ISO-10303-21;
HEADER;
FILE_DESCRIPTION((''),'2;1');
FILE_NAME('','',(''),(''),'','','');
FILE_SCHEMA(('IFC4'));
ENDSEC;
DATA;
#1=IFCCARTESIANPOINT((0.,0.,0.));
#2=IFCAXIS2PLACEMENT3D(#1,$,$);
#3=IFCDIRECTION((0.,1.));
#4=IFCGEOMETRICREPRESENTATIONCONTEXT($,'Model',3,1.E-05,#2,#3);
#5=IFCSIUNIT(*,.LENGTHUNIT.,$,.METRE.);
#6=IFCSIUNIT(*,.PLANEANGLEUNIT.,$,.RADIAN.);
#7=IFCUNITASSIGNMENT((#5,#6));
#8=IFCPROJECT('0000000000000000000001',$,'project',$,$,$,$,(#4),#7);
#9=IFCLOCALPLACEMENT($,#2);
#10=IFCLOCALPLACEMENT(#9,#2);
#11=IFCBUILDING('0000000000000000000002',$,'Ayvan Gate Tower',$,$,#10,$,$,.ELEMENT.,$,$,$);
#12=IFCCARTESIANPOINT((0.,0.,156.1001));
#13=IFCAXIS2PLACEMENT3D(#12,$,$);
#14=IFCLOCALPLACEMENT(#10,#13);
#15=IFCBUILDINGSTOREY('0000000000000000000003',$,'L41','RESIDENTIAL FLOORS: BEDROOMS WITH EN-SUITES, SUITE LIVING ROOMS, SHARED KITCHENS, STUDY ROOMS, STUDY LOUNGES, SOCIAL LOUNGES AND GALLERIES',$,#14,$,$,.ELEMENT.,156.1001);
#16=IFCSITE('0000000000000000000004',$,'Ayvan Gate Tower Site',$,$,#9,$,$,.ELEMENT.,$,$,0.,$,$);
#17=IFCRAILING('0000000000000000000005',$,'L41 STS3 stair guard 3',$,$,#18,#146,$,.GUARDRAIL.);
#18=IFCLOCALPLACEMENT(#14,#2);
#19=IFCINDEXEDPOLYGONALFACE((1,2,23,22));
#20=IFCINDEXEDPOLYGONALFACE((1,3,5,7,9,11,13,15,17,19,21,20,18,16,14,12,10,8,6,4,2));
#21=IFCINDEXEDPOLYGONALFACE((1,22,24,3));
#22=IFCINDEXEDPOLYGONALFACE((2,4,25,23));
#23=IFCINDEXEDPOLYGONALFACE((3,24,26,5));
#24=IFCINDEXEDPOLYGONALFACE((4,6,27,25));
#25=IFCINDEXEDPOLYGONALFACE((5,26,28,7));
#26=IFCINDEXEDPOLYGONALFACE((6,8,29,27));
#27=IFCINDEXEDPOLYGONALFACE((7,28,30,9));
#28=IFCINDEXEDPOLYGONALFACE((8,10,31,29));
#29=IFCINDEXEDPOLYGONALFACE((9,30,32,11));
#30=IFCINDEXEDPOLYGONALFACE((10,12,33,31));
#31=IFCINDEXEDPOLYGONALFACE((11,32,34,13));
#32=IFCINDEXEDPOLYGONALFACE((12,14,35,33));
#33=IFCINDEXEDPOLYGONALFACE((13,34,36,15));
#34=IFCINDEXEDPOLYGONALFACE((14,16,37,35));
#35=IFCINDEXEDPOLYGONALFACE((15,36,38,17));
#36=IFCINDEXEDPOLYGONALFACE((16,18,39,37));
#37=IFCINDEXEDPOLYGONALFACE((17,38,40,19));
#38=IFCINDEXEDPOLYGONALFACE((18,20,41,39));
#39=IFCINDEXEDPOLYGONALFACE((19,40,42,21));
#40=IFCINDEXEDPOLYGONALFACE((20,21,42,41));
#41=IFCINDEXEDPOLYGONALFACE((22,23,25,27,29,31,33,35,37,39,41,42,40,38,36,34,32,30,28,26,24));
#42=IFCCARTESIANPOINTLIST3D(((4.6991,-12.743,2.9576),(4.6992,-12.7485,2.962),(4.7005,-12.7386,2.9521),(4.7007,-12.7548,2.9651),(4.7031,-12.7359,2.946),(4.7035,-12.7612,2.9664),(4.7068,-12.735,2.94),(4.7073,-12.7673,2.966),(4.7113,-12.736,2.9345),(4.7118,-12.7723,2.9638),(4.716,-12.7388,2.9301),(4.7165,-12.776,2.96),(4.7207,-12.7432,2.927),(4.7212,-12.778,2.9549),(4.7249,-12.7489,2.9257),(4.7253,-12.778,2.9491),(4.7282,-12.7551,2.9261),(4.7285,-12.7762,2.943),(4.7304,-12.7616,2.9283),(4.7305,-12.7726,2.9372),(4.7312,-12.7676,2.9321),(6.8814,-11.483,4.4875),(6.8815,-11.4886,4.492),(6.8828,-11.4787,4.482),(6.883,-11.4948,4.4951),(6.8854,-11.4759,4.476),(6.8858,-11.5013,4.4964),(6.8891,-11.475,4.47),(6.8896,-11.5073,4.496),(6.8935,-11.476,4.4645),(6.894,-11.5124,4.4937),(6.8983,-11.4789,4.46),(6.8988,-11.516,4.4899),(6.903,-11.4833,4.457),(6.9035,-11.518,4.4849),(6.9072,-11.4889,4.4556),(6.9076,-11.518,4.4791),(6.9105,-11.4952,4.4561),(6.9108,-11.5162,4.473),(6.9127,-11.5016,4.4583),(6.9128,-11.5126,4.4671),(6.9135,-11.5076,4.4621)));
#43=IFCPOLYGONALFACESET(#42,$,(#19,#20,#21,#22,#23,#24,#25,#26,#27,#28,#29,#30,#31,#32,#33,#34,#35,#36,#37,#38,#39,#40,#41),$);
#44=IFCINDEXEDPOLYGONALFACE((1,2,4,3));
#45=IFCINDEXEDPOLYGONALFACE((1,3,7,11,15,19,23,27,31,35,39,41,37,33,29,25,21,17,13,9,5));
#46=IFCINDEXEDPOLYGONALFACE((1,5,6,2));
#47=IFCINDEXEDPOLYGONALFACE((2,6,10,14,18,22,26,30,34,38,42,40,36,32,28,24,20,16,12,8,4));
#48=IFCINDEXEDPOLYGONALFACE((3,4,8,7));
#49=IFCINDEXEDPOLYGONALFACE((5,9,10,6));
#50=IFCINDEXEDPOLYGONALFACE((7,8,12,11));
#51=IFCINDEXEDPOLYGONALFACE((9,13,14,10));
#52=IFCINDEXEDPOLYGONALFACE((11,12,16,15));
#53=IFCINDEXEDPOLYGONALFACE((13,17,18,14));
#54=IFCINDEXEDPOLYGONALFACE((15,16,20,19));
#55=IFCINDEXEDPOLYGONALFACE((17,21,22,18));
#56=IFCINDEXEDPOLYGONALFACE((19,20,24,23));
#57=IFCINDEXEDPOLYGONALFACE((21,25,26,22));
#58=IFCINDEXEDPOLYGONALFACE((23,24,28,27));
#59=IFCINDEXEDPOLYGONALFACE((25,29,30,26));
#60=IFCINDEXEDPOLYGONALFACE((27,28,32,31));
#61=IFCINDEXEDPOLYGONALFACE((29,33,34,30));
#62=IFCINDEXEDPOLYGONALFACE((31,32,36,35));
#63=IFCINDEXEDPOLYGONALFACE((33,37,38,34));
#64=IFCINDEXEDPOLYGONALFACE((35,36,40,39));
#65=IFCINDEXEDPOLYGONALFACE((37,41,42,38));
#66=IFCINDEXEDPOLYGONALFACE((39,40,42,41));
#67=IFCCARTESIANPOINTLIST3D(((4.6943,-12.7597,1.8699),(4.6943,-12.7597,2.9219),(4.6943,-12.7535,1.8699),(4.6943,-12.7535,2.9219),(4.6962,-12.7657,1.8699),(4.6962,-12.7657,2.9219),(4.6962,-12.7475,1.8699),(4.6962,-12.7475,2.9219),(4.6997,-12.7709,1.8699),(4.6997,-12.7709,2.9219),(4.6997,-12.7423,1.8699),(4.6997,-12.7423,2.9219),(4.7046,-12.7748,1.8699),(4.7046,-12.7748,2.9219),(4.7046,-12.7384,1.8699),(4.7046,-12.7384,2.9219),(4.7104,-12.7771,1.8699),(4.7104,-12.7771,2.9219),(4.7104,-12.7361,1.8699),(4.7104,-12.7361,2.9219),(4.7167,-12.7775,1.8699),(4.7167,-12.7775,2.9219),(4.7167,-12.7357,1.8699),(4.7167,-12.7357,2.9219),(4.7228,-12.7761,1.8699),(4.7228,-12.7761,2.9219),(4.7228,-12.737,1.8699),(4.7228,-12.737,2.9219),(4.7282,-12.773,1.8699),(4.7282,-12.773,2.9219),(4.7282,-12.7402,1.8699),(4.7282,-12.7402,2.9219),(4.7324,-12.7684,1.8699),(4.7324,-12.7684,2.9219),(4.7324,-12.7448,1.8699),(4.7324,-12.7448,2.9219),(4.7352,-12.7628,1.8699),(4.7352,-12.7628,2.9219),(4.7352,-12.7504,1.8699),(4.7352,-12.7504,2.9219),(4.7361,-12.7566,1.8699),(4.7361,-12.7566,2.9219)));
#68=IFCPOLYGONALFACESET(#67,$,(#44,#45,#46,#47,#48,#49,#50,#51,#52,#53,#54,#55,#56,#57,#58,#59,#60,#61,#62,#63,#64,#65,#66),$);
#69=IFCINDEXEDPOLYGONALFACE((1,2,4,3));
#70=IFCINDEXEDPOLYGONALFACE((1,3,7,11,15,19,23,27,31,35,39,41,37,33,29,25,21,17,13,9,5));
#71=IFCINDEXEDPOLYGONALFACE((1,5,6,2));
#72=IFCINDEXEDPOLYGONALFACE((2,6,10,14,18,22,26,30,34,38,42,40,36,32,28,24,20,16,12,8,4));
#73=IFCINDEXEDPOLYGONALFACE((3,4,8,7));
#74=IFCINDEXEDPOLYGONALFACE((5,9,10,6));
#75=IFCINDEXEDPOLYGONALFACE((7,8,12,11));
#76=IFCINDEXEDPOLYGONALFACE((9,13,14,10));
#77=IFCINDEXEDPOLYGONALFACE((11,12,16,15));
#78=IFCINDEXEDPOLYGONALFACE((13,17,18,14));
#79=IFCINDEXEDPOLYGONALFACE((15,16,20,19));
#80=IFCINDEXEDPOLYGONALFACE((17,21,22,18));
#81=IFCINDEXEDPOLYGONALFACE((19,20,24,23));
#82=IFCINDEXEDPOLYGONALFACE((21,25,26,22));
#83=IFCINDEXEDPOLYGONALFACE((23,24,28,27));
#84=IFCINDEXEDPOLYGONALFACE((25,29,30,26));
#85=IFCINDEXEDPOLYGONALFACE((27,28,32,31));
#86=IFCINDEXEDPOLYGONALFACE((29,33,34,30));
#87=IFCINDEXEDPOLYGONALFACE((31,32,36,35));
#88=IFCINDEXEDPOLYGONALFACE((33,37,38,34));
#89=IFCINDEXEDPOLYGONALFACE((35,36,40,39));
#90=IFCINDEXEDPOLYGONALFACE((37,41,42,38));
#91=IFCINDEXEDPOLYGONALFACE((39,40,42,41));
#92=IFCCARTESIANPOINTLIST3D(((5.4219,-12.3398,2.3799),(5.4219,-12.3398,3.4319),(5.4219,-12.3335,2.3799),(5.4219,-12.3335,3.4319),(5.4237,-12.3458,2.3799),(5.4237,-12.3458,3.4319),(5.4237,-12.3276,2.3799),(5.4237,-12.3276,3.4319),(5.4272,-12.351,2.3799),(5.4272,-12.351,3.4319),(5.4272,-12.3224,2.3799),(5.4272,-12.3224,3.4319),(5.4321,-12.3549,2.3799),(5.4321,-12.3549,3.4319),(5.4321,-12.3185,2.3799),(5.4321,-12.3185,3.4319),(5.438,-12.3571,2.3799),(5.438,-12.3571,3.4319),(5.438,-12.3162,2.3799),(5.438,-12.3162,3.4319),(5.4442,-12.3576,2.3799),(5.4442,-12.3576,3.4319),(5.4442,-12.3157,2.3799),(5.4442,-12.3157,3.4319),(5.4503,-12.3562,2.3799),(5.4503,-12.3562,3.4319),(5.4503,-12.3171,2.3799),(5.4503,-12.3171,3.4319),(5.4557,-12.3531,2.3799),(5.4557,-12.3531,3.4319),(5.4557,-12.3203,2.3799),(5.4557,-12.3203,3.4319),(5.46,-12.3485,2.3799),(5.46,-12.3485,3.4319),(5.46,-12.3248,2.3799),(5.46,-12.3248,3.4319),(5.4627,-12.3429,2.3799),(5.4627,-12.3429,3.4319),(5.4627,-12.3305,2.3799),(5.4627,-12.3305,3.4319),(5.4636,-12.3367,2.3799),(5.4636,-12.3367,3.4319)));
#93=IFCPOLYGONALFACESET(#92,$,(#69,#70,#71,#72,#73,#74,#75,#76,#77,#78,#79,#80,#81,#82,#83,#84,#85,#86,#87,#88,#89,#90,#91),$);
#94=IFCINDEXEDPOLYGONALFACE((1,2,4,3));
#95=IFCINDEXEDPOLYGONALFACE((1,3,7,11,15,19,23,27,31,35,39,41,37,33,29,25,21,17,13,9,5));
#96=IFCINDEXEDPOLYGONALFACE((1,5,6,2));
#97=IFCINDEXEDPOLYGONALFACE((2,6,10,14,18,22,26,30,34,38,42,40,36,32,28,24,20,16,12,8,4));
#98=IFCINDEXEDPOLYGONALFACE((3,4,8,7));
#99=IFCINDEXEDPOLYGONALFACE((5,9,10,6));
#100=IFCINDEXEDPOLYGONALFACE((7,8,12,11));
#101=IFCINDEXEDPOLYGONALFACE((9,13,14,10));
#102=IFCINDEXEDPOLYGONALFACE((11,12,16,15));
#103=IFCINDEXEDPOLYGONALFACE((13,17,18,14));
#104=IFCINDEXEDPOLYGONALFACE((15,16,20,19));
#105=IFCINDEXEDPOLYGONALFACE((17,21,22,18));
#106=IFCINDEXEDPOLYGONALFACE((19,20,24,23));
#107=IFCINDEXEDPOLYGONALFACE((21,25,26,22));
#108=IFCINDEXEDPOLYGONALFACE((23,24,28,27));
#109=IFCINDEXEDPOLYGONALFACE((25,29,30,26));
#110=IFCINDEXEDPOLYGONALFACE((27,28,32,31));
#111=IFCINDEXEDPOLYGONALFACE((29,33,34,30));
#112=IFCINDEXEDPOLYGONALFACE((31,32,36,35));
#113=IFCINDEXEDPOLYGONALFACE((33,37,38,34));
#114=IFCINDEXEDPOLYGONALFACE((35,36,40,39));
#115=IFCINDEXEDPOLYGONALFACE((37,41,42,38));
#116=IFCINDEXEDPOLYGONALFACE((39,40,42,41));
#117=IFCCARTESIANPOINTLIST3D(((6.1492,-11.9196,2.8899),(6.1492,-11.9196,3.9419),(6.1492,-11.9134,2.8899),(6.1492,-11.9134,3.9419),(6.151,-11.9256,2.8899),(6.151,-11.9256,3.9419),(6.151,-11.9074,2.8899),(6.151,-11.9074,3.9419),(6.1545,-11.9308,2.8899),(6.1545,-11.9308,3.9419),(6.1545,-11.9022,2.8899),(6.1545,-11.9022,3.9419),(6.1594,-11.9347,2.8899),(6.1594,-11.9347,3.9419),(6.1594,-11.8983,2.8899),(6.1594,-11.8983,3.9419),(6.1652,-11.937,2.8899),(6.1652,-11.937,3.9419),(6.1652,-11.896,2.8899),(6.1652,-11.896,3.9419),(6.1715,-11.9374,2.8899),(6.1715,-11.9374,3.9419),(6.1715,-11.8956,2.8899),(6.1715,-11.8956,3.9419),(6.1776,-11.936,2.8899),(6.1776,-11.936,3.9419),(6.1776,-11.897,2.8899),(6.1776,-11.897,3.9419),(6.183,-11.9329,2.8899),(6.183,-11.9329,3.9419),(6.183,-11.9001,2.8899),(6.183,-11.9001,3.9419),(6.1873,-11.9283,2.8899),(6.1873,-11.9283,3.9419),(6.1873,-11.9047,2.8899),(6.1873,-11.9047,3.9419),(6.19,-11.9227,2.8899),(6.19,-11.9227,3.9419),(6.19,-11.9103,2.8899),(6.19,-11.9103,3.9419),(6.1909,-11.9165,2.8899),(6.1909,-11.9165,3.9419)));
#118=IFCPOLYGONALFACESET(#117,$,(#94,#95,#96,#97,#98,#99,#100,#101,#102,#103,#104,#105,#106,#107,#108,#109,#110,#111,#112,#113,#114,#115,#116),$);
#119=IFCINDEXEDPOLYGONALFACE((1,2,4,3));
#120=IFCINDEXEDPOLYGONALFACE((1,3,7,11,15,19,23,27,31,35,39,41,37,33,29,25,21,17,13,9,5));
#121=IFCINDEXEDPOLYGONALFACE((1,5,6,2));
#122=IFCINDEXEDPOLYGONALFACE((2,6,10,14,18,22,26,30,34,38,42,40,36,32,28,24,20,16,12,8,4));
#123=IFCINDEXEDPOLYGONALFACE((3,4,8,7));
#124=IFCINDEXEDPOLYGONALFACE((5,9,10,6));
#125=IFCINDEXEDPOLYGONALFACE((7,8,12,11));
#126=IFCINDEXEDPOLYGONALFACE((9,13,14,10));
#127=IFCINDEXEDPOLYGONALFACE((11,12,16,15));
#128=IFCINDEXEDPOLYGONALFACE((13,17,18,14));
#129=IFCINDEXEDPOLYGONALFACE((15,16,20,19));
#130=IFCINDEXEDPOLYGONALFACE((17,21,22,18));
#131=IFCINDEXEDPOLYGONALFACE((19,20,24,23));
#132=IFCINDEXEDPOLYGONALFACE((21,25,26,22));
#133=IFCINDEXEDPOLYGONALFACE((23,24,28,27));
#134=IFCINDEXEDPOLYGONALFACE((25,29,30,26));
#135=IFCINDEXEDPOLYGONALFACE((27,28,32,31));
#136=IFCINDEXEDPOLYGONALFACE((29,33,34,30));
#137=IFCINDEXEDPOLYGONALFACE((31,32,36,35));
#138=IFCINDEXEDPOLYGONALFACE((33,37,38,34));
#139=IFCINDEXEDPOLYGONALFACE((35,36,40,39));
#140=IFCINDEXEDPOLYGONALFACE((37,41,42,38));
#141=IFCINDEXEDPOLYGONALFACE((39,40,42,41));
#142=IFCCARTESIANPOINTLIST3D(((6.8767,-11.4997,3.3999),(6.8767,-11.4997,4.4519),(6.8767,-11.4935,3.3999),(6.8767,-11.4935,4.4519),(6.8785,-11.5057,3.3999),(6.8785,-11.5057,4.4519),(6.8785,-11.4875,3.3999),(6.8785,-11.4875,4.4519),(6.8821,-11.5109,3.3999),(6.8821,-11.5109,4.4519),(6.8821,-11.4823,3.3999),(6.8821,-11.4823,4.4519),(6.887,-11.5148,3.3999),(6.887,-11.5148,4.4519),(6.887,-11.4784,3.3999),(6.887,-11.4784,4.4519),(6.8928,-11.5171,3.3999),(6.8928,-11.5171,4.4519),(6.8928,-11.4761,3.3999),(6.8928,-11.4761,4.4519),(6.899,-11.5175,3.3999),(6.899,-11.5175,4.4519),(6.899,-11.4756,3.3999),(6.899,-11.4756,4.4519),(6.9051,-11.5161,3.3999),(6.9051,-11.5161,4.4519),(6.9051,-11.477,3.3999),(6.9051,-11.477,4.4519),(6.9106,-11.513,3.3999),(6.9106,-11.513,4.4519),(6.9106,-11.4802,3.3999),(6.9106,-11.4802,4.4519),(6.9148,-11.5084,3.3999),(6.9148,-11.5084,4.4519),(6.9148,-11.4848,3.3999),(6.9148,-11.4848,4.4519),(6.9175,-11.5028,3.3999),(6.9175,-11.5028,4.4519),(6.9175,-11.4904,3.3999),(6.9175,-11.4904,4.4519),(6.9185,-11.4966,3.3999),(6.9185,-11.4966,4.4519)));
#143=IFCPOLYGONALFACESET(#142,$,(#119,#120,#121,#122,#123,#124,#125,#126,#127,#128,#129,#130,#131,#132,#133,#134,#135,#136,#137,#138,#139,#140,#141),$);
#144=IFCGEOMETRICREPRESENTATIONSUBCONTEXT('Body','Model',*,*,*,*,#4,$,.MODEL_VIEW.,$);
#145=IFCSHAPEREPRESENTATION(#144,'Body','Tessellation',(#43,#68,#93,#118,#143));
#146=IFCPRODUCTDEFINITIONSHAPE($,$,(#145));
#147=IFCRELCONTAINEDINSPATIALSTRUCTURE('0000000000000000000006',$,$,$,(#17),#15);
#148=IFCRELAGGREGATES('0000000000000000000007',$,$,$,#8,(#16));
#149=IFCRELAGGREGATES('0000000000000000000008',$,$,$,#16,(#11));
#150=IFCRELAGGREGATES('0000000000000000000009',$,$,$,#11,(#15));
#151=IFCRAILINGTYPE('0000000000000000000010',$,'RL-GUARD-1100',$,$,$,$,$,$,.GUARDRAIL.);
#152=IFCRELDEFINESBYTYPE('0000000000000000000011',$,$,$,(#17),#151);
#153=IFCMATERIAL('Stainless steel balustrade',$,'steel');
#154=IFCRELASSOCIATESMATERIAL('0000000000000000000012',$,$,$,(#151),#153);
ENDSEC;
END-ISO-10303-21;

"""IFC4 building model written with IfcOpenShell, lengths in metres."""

from ifc_helpers import new_model, si_unit, direction, frame, origin, origin_2d, place, context, subcontext, project, spatial, circle, extrude, material, type_object, element, save


model = new_model("IFC4")

# Units and contexts
model_context = context("Model", 3, precision=1e-05, world=origin(), true_north=direction((0.0, 1.0)))
body_context = subcontext(model_context, "Body", "Model", "MODEL_VIEW")
ifc_project = project(units=[si_unit("LENGTHUNIT", "METRE"), si_unit("PLANEANGLEUNIT", "RADIAN")], contexts=[model_context])

# Site, building, storey
site_placement = place(None, origin())
site = spatial("IfcSite", under=ifc_project, at=site_placement, Name="Ayvan Gate Tower Site", CompositionType="ELEMENT", RefElevation=0.0)
building_placement = place(site_placement, origin())
building = spatial("IfcBuilding", under=site, at=building_placement, Name="Ayvan Gate Tower", CompositionType="ELEMENT")
storey_placement = place(building_placement, frame((0.0, 0.0, 156.1001)))
storey = spatial("IfcBuildingStorey", under=building, at=storey_placement, Name="L41", Description="RESIDENTIAL FLOORS: BEDROOMS WITH EN-SUITES, SUITE LIVING ROOMS, SHARED KITCHENS, STUDY ROOMS, STUDY LOUNGES, SOCIAL LOUNGES AND GALLERIES", CompositionType="ELEMENT", Elevation=156.1001)

# Railing
ifc_material_1 = material(Name="Stainless steel balustrade", Category="steel")
railing_type = type_object("IfcRailingType", Name="RL-GUARD-1100", PredefinedType="GUARDRAIL", material=ifc_material_1)
railing_1_placement = place(storey_placement, frame((4.7151, -12.7566, 1.8699)))
element("IfcRailing", 1, at=railing_1_placement, inside=storey, type_object=railing_type, Name="L41 STS3 stair guard 3", PredefinedType="GUARDRAIL", context=body_context, shape_type="SweptSolid", body=[
    extrude(circle(Radius=0.0239, at=origin_2d()), frame((0.0, 0.0, 1.0762), z_axis=(0.740261, 0.427395, 0.518986), x_axis=(-0.500005, 0.866023, 0.0)), (0.0, 0.0, 1.0), 2.948),
    extrude(circle(Radius=0.021, at=origin_2d()), origin(), (0.0, 0.0, 1.0), 1.052),
    extrude(circle(Radius=0.021, at=origin_2d()), frame((0.7275, 0.4199, 0.51)), (0.0, 0.0, 1.0), 1.052),
    extrude(circle(Radius=0.021, at=origin_2d()), frame((1.4548, 0.8401, 1.02)), (0.0, 0.0, 1.0), 1.052),
    extrude(circle(Radius=0.021, at=origin_2d()), frame((2.1824, 1.26, 1.53)), (0.0, 0.0, 1.0), 1.052),
])

save(model, "model.ifc")
